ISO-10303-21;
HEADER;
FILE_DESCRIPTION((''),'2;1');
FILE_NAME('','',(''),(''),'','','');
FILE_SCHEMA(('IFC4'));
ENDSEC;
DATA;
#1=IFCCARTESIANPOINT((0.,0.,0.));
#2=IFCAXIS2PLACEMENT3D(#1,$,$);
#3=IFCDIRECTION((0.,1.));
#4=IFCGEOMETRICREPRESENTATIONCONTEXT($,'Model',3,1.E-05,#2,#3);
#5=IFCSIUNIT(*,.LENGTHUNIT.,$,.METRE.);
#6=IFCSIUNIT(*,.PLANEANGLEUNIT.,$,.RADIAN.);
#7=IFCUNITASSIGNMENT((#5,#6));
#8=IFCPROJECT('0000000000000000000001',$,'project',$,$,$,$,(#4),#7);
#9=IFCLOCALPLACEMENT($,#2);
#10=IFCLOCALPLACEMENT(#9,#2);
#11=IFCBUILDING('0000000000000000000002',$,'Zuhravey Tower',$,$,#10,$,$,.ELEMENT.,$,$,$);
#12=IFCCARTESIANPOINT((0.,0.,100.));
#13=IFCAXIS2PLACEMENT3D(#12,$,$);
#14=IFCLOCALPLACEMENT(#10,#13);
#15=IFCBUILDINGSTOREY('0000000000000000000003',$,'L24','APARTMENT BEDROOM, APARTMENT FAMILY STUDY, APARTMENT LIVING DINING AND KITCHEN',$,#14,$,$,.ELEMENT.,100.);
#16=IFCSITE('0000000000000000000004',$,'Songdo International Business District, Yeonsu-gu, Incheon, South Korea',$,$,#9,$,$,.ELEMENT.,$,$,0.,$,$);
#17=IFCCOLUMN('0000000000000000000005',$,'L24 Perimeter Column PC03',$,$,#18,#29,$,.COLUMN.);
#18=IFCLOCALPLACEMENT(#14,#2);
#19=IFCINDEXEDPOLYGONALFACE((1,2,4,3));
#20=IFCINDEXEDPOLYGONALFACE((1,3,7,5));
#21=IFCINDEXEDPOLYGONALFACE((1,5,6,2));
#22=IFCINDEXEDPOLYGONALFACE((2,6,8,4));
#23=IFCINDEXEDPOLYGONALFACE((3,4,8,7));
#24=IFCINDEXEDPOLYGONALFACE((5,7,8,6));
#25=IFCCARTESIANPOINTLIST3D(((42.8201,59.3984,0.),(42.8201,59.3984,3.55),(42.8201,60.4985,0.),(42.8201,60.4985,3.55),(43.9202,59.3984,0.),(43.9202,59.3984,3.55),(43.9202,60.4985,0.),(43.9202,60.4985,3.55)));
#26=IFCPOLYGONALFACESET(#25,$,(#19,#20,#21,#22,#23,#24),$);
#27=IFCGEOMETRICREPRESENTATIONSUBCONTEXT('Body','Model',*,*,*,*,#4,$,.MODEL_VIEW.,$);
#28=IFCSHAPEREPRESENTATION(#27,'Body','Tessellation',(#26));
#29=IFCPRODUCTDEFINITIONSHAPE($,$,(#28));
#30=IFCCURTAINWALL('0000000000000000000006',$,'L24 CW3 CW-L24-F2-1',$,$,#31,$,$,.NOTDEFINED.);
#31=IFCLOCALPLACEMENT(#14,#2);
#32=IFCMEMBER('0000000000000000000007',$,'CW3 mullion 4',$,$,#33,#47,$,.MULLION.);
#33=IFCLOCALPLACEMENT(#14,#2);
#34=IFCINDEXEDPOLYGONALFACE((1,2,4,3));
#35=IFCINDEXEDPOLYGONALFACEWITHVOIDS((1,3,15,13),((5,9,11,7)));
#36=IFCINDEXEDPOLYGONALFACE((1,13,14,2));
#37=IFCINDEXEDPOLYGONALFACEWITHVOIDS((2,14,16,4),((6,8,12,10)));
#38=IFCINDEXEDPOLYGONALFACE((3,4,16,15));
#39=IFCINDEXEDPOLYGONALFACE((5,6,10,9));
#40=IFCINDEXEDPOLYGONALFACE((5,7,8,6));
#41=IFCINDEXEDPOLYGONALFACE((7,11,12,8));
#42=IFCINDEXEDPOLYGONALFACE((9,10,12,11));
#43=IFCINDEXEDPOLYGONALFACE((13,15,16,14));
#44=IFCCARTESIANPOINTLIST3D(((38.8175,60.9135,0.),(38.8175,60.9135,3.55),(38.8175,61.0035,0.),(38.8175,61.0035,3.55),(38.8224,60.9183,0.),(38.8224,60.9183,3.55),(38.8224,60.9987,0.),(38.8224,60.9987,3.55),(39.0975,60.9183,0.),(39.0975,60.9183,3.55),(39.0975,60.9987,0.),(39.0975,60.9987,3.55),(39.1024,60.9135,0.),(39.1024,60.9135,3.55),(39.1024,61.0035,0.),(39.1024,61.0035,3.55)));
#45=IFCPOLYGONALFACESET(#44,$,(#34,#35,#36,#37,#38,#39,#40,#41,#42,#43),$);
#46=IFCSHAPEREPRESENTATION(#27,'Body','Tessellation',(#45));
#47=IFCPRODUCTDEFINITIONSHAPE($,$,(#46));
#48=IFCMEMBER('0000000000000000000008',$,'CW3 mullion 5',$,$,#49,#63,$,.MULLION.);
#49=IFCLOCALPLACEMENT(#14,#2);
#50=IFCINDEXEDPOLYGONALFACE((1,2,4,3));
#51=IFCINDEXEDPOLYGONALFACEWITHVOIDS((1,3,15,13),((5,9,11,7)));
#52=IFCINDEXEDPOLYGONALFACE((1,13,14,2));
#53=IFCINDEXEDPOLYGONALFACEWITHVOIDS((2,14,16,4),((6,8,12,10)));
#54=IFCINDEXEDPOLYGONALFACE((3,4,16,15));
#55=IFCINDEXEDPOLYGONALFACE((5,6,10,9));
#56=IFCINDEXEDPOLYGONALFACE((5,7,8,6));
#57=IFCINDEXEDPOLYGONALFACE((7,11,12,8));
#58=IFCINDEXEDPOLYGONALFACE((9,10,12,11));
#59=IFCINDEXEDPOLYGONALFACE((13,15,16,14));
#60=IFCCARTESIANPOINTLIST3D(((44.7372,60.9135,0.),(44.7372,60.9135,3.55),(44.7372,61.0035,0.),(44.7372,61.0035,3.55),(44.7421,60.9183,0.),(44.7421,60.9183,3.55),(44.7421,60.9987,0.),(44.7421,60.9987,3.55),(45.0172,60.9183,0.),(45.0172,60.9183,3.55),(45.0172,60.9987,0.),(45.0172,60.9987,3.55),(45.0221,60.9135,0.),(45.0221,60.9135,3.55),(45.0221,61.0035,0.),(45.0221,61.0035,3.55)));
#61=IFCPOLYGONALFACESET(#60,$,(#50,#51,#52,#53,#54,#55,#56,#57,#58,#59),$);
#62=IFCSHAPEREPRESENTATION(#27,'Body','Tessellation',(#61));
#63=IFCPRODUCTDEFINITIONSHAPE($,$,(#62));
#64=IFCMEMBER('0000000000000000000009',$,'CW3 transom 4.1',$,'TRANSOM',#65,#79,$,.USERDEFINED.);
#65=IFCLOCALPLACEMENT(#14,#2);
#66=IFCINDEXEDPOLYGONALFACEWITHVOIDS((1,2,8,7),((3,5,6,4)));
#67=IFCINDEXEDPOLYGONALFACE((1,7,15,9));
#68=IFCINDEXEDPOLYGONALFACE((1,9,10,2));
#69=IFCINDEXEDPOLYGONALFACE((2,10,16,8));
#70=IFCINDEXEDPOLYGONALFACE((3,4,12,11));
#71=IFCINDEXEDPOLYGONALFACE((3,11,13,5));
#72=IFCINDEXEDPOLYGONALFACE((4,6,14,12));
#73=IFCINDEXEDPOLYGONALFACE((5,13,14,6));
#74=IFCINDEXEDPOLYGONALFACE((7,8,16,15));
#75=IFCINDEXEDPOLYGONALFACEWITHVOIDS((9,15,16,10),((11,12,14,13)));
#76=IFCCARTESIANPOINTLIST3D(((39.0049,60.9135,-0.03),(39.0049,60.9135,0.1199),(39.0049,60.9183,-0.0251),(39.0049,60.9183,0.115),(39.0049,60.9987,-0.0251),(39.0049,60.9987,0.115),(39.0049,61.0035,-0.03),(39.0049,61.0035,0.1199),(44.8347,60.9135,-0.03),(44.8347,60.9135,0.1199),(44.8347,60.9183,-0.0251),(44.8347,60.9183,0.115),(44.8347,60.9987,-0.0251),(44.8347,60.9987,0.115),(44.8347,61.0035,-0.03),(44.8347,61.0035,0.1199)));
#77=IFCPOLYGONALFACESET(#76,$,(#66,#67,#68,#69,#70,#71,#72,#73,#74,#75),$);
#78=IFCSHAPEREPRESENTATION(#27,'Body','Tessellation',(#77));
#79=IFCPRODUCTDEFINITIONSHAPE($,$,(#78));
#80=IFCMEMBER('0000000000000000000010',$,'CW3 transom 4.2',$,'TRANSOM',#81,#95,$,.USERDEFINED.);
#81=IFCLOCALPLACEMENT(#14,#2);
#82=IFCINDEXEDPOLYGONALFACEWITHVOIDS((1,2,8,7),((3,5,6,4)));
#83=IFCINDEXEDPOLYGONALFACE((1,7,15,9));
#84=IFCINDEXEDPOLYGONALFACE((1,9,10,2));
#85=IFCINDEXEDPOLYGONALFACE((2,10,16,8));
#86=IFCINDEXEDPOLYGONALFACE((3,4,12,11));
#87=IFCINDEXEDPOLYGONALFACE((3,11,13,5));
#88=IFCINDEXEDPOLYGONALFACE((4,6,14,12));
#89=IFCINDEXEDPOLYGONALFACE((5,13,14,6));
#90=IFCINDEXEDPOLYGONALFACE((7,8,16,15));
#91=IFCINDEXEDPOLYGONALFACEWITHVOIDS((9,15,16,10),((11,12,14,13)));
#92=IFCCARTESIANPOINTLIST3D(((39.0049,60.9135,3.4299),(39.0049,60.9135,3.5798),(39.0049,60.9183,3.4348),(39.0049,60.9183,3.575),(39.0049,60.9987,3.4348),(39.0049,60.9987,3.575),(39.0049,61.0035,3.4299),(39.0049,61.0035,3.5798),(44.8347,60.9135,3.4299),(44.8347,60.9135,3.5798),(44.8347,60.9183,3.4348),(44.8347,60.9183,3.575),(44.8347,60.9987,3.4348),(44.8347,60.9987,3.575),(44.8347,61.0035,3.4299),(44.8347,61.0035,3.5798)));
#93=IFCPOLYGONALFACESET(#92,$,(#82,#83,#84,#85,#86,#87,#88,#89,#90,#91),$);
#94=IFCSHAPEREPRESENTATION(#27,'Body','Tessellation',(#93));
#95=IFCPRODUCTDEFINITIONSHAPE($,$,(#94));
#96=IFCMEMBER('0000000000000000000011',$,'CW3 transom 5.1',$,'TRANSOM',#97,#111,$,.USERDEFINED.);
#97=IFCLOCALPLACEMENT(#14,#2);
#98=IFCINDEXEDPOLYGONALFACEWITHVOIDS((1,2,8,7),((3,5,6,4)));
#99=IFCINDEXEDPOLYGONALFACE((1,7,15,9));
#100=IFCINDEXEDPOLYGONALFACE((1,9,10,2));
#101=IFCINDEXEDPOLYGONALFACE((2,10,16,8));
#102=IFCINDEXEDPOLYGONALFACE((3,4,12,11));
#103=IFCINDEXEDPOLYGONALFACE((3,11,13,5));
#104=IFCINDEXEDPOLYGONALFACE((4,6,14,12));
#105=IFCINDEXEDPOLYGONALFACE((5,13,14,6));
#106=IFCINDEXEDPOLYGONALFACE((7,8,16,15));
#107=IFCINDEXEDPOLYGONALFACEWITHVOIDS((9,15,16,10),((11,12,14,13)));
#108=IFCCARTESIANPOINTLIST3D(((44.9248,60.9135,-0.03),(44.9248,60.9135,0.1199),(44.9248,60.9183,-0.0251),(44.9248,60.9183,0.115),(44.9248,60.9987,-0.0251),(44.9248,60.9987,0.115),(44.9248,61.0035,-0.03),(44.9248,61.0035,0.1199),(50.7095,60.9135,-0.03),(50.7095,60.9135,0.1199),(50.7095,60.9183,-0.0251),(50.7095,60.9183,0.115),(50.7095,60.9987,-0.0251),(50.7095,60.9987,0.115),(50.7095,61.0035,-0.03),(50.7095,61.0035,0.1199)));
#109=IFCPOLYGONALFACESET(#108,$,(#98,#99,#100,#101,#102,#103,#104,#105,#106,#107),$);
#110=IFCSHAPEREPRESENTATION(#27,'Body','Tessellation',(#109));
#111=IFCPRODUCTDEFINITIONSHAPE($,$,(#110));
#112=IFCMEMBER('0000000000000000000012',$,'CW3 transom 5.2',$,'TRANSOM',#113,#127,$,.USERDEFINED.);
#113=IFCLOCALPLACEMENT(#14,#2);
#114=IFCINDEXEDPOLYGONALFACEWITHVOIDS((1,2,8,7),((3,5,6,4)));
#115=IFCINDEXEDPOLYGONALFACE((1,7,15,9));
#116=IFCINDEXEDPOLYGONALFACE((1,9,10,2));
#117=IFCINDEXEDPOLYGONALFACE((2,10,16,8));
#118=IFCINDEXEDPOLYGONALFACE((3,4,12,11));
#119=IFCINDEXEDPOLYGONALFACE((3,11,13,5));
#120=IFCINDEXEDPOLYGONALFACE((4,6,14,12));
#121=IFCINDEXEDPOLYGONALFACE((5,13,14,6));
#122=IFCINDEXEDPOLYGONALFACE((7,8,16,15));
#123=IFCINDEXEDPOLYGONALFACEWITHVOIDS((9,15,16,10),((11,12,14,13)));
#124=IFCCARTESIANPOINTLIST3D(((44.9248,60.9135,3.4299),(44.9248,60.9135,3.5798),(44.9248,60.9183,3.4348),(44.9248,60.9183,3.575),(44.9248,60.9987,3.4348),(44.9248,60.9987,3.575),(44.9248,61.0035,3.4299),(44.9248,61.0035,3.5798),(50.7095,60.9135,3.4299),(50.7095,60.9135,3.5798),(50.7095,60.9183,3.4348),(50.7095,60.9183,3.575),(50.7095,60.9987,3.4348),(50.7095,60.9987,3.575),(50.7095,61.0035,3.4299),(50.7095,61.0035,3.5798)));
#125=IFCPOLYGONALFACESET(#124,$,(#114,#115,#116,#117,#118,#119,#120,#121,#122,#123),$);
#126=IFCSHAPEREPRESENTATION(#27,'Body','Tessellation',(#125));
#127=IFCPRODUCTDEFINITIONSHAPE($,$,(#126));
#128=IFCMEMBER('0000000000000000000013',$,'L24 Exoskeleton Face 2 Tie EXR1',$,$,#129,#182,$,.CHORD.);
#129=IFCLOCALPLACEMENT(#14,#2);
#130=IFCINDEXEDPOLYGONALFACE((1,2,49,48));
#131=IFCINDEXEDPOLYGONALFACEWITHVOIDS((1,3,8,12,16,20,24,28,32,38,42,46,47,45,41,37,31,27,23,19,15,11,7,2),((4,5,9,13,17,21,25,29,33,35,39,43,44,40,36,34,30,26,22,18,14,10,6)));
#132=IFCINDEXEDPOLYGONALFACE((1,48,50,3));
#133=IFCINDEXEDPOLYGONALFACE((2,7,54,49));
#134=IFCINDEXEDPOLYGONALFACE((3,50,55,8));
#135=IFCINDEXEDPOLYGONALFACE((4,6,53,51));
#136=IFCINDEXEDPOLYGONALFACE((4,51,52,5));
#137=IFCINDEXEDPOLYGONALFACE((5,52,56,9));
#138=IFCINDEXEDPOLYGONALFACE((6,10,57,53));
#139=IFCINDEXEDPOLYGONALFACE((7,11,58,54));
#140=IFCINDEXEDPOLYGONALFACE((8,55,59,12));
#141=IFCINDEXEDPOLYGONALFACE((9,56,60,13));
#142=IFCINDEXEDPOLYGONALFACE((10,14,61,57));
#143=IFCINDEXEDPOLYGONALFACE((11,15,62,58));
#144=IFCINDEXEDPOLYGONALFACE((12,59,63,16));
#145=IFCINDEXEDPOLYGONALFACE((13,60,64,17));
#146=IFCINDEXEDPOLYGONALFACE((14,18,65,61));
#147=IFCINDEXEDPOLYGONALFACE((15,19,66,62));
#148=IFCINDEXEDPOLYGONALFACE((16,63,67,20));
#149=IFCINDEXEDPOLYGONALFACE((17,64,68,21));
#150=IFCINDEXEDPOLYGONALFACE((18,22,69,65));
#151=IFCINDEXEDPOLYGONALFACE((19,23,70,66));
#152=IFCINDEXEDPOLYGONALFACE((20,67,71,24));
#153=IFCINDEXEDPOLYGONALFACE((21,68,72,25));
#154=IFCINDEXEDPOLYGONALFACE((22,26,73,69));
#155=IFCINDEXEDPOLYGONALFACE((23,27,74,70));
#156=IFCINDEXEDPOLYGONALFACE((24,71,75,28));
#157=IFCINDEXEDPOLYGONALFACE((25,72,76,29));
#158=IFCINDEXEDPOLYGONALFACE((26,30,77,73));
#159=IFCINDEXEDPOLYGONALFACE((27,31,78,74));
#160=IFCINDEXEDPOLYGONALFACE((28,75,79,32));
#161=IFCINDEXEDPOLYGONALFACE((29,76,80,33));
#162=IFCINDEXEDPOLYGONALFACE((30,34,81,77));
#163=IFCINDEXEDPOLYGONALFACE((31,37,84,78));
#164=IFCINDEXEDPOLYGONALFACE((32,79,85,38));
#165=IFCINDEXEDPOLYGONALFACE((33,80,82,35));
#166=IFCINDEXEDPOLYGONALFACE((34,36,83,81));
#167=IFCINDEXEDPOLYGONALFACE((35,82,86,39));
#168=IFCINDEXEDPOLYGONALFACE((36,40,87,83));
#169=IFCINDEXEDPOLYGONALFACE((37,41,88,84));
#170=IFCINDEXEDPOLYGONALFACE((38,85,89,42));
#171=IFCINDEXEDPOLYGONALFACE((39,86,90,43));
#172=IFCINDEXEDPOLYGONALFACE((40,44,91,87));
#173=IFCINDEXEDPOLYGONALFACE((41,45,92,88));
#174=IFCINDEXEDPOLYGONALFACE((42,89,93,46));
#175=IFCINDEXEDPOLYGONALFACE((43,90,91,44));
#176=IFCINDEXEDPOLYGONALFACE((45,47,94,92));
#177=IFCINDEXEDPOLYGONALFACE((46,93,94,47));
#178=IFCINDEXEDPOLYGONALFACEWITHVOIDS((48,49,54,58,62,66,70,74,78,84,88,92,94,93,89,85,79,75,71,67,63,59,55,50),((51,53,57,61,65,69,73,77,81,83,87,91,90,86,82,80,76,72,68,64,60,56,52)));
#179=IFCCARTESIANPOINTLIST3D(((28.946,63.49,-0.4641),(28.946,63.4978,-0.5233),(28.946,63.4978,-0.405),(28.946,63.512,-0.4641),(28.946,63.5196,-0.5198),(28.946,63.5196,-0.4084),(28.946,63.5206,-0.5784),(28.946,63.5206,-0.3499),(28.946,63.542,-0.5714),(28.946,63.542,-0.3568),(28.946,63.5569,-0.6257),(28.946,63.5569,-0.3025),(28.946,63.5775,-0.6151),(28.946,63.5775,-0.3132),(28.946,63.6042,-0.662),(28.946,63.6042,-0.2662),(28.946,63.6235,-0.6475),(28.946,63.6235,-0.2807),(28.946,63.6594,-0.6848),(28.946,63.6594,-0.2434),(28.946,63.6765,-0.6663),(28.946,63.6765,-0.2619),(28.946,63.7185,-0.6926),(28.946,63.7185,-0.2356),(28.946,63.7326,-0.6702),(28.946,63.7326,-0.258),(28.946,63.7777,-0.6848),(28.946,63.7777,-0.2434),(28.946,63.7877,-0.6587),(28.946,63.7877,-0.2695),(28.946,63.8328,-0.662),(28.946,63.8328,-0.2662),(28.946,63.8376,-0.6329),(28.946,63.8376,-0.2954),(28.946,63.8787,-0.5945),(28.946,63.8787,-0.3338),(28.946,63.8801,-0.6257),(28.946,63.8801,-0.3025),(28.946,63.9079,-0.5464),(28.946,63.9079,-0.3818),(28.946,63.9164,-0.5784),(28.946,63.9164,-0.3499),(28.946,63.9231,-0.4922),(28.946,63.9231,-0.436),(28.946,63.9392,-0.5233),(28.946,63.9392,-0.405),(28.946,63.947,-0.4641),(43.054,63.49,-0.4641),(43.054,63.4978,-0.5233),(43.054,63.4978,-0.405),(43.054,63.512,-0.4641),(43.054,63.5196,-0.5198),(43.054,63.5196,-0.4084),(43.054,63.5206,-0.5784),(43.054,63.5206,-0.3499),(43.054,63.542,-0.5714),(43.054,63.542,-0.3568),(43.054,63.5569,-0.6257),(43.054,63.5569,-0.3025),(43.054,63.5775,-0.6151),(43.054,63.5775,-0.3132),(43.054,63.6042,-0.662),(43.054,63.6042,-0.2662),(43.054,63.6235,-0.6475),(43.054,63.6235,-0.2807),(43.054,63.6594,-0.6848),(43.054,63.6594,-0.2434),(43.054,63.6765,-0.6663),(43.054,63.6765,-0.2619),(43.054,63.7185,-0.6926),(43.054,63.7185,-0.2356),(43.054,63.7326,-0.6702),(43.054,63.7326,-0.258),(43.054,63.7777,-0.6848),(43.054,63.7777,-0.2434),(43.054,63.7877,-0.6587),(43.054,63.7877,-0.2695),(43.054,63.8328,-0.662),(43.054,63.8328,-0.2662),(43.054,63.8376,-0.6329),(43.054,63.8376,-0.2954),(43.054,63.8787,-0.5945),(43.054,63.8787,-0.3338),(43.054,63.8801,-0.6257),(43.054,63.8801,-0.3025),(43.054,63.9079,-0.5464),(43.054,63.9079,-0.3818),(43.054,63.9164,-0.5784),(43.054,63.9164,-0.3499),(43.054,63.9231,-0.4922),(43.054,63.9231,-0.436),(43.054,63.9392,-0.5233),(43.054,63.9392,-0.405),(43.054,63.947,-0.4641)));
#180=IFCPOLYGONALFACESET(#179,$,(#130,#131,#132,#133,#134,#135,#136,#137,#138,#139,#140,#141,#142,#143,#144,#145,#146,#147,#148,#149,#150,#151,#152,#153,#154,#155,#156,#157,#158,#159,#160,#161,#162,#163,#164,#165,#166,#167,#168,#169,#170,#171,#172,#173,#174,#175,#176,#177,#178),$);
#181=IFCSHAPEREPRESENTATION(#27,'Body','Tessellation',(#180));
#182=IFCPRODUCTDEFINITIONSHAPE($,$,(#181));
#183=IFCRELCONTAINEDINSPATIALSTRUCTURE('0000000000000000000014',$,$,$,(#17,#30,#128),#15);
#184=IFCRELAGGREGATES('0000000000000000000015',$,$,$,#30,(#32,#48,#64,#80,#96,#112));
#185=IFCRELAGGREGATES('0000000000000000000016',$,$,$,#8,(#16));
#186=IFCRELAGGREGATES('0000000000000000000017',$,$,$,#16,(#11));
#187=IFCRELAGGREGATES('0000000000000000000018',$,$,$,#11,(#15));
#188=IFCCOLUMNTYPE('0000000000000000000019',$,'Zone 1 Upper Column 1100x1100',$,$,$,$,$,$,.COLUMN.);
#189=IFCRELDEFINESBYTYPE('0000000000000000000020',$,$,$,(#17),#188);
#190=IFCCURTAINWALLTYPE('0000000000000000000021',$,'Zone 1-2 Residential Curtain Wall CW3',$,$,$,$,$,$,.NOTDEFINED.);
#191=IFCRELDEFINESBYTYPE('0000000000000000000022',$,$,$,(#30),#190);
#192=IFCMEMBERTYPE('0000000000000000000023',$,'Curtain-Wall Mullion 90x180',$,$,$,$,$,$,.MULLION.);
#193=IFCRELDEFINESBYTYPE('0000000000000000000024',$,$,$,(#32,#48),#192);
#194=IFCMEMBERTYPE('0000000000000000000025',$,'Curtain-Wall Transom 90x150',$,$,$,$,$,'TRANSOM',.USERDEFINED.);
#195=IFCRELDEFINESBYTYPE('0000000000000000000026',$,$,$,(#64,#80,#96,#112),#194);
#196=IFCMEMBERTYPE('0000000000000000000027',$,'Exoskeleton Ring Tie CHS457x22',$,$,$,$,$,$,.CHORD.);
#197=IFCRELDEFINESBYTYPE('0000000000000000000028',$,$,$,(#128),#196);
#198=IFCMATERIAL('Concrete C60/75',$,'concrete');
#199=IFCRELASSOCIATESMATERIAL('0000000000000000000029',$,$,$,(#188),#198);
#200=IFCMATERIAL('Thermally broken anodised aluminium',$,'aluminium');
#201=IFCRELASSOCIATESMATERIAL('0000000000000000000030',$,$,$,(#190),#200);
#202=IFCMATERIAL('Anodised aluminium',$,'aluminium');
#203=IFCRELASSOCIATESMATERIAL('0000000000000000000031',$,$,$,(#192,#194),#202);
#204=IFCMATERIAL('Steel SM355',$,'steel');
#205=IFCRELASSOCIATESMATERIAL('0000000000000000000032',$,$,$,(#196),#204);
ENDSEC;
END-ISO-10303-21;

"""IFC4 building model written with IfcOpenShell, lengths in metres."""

from ifc_helpers import new_model, si_unit, direction, frame, origin, origin_2d, place, context, subcontext, project, spatial, rectangle, hollow_rectangle, hollow_circle, extrude, material, material_profile, profile_set, type_object, element, aggregate, save


model = new_model("IFC4")

# Units and contexts
model_context = context("Model", 3, precision=1e-05, world=origin(), true_north=direction((0.0, 1.0)))
body_context = subcontext(model_context, "Body", "Model", "MODEL_VIEW")
ifc_project = project(units=[si_unit("LENGTHUNIT", "METRE"), si_unit("PLANEANGLEUNIT", "RADIAN")], contexts=[model_context])

# Site, building, storey
site_placement = place(None, origin())
site = spatial("IfcSite", under=ifc_project, at=site_placement, Name="Songdo International Business District, Yeonsu-gu, Incheon, South Korea", CompositionType="ELEMENT", RefElevation=0.0)
building_placement = place(site_placement, origin())
building = spatial("IfcBuilding", under=site, at=building_placement, Name="Zuhravey Tower", CompositionType="ELEMENT")
storey_placement = place(building_placement, frame((0.0, 0.0, 100.0)))
storey = spatial("IfcBuildingStorey", under=building, at=storey_placement, Name="L24", Description="APARTMENT BEDROOM, APARTMENT FAMILY STUDY, APARTMENT LIVING DINING AND KITCHEN", CompositionType="ELEMENT", Elevation=100.0)

# Column
ifc_material_1 = material(Name="Concrete C60/75", Category="concrete")
ifc_material_profile_1 = material_profile(ifc_material_1, rectangle(XDim=1.1001, YDim=1.1001, at=origin_2d()), Name="RC-1100x1100")
ifc_profile_set_1 = profile_set([ifc_material_profile_1], Name="Concrete C60/75")
column_type = type_object("IfcColumnType", Name="Zone 1 Upper Column 1100x1100", PredefinedType="COLUMN", material=ifc_profile_set_1)
column_placement = place(storey_placement, frame((43.3701, 59.9485, 0.0), z_axis=(0.0, 0.0, 1.0), x_axis=(-1.0, 0.0, 0.0)))
element("IfcColumn", 1, at=column_placement, inside=storey, type_object=column_type, Name="L24 Perimeter Column PC03", PredefinedType="COLUMN", context=body_context, shape_type="SweptSolid", body=[
    extrude(rectangle(XDim=1.1001, YDim=1.1001, at=origin_2d()), origin(), (0.0, 0.0, 1.0), 3.55),
])

# Curtain wall, members
ifc_material_2 = material(Name="Thermally broken anodised aluminium", Category="aluminium")
curtain_wall_type = type_object("IfcCurtainWallType", Name="Zone 1-2 Residential Curtain Wall CW3", PredefinedType="NOTDEFINED", material=ifc_material_2)
curtain_wall_placement = place(storey_placement, origin())
curtain_wall = element("IfcCurtainWall", 2, at=curtain_wall_placement, inside=storey, type_object=curtain_wall_type, Name="L24 CW3 CW-L24-F2-1", PredefinedType="NOTDEFINED")
ifc_material_3 = material(Name="Anodised aluminium", Category="aluminium")
ifc_material_profile_2 = material_profile(ifc_material_3, hollow_rectangle(XDim=0.0901, YDim=0.2849, WallThickness=0.0049, at=origin_2d()), Name="ALU-RHS-90x285x5")
ifc_profile_set_2 = profile_set([ifc_material_profile_2], Name="Anodised aluminium")
member_type_1 = type_object("IfcMemberType", Name="Curtain-Wall Mullion 90x180", PredefinedType="MULLION", material=ifc_profile_set_2)
member_1_placement = place(storey_placement, frame((38.96, 60.9585, 0.0), z_axis=(0.0, 0.0, 1.0), x_axis=(0.0, 1.0, 0.0)))
member_1 = element("IfcMember", 3, at=member_1_placement, type_object=member_type_1, Name="CW3 mullion 4", PredefinedType="MULLION", context=body_context, shape_type="SweptSolid", body=[
    extrude(hollow_rectangle(XDim=0.0901, YDim=0.2849, WallThickness=0.0049, at=origin_2d()), origin(), (0.0, 0.0, 1.0), 3.55),
])
member_2_placement = place(storey_placement, frame((44.8796, 60.9585, 0.0), z_axis=(0.0, 0.0, 1.0), x_axis=(0.0, 1.0, 0.0)))
member_2 = element("IfcMember", 4, at=member_2_placement, type_object=member_type_1, Name="CW3 mullion 5", PredefinedType="MULLION", context=body_context, shape_type="SweptSolid", body=[
    extrude(hollow_rectangle(XDim=0.0901, YDim=0.2849, WallThickness=0.0049, at=origin_2d()), origin(), (0.0, 0.0, 1.0), 3.55),
])
ifc_material_profile_3 = material_profile(ifc_material_3, hollow_rectangle(XDim=0.0901, YDim=0.1499, WallThickness=0.0049, at=origin_2d()), Name="ALU-RHS-90x150x5")
ifc_profile_set_3 = profile_set([ifc_material_profile_3], Name="Anodised aluminium")
member_type_2 = type_object("IfcMemberType", Name="Curtain-Wall Transom 90x150", ElementType="TRANSOM", PredefinedType="USERDEFINED", material=ifc_profile_set_3)
member_3_placement = place(storey_placement, frame((39.0049, 60.9585, 0.0449), z_axis=(1.0, 0.0, 0.0), x_axis=(0.0, 1.0, 0.0)))
member_3 = element("IfcMember", 5, at=member_3_placement, type_object=member_type_2, Name="CW3 transom 4.1", ObjectType="TRANSOM", PredefinedType="USERDEFINED", context=body_context, shape_type="SweptSolid", body=[
    extrude(hollow_rectangle(XDim=0.0901, YDim=0.1499, WallThickness=0.0049, at=origin_2d()), origin(), (0.0, 0.0, 1.0), 5.8298),
])
member_4_placement = place(storey_placement, frame((39.0049, 60.9585, 3.5049), z_axis=(1.0, 0.0, 0.0), x_axis=(0.0, 1.0, 0.0)))
member_4 = element("IfcMember", 6, at=member_4_placement, type_object=member_type_2, Name="CW3 transom 4.2", ObjectType="TRANSOM", PredefinedType="USERDEFINED", context=body_context, shape_type="SweptSolid", body=[
    extrude(hollow_rectangle(XDim=0.0901, YDim=0.1499, WallThickness=0.0049, at=origin_2d()), origin(), (0.0, 0.0, 1.0), 5.8298),
])
member_5_placement = place(storey_placement, frame((44.9248, 60.9585, 0.0449), z_axis=(1.0, 0.0, 0.0), x_axis=(0.0, 1.0, 0.0)))
member_5 = element("IfcMember", 7, at=member_5_placement, type_object=member_type_2, Name="CW3 transom 5.1", ObjectType="TRANSOM", PredefinedType="USERDEFINED", context=body_context, shape_type="SweptSolid", body=[
    extrude(hollow_rectangle(XDim=0.0901, YDim=0.1499, WallThickness=0.0049, at=origin_2d()), origin(), (0.0, 0.0, 1.0), 5.7847),
])
member_6_placement = place(storey_placement, frame((44.9248, 60.9585, 3.5049), z_axis=(1.0, 0.0, 0.0), x_axis=(0.0, 1.0, 0.0)))
member_6 = element("IfcMember", 8, at=member_6_placement, type_object=member_type_2, Name="CW3 transom 5.2", ObjectType="TRANSOM", PredefinedType="USERDEFINED", context=body_context, shape_type="SweptSolid", body=[
    extrude(hollow_rectangle(XDim=0.0901, YDim=0.1499, WallThickness=0.0049, at=origin_2d()), origin(), (0.0, 0.0, 1.0), 5.7847),
])

# Member
ifc_material_4 = material(Name="Steel SM355", Category="steel")
ifc_material_profile_4 = material_profile(ifc_material_4, hollow_circle(Radius=0.2285, WallThickness=0.022, at=origin_2d()), Name="CHS-457.2x22")
ifc_profile_set_4 = profile_set([ifc_material_profile_4], Name="Steel SM355")
member_type_3 = type_object("IfcMemberType", Name="Exoskeleton Ring Tie CHS457x22", PredefinedType="CHORD", material=ifc_profile_set_4)
member_7_placement = place(storey_placement, frame((43.054, 63.7185, -0.4641), z_axis=(-1.0, 0.0, 0.0), x_axis=(0.0, -1.0, 0.0)))
element("IfcMember", 9, at=member_7_placement, inside=storey, type_object=member_type_3, Name="L24 Exoskeleton Face 2 Tie EXR1", PredefinedType="CHORD", context=body_context, shape_type="SweptSolid", body=[
    extrude(hollow_circle(Radius=0.2285, WallThickness=0.022, at=origin_2d()), origin(), (0.0, 0.0, 1.0), 14.1079),
])

aggregate(curtain_wall, [member_1, member_2, member_3, member_4, member_5, member_6])

save(model, "model.ifc")
